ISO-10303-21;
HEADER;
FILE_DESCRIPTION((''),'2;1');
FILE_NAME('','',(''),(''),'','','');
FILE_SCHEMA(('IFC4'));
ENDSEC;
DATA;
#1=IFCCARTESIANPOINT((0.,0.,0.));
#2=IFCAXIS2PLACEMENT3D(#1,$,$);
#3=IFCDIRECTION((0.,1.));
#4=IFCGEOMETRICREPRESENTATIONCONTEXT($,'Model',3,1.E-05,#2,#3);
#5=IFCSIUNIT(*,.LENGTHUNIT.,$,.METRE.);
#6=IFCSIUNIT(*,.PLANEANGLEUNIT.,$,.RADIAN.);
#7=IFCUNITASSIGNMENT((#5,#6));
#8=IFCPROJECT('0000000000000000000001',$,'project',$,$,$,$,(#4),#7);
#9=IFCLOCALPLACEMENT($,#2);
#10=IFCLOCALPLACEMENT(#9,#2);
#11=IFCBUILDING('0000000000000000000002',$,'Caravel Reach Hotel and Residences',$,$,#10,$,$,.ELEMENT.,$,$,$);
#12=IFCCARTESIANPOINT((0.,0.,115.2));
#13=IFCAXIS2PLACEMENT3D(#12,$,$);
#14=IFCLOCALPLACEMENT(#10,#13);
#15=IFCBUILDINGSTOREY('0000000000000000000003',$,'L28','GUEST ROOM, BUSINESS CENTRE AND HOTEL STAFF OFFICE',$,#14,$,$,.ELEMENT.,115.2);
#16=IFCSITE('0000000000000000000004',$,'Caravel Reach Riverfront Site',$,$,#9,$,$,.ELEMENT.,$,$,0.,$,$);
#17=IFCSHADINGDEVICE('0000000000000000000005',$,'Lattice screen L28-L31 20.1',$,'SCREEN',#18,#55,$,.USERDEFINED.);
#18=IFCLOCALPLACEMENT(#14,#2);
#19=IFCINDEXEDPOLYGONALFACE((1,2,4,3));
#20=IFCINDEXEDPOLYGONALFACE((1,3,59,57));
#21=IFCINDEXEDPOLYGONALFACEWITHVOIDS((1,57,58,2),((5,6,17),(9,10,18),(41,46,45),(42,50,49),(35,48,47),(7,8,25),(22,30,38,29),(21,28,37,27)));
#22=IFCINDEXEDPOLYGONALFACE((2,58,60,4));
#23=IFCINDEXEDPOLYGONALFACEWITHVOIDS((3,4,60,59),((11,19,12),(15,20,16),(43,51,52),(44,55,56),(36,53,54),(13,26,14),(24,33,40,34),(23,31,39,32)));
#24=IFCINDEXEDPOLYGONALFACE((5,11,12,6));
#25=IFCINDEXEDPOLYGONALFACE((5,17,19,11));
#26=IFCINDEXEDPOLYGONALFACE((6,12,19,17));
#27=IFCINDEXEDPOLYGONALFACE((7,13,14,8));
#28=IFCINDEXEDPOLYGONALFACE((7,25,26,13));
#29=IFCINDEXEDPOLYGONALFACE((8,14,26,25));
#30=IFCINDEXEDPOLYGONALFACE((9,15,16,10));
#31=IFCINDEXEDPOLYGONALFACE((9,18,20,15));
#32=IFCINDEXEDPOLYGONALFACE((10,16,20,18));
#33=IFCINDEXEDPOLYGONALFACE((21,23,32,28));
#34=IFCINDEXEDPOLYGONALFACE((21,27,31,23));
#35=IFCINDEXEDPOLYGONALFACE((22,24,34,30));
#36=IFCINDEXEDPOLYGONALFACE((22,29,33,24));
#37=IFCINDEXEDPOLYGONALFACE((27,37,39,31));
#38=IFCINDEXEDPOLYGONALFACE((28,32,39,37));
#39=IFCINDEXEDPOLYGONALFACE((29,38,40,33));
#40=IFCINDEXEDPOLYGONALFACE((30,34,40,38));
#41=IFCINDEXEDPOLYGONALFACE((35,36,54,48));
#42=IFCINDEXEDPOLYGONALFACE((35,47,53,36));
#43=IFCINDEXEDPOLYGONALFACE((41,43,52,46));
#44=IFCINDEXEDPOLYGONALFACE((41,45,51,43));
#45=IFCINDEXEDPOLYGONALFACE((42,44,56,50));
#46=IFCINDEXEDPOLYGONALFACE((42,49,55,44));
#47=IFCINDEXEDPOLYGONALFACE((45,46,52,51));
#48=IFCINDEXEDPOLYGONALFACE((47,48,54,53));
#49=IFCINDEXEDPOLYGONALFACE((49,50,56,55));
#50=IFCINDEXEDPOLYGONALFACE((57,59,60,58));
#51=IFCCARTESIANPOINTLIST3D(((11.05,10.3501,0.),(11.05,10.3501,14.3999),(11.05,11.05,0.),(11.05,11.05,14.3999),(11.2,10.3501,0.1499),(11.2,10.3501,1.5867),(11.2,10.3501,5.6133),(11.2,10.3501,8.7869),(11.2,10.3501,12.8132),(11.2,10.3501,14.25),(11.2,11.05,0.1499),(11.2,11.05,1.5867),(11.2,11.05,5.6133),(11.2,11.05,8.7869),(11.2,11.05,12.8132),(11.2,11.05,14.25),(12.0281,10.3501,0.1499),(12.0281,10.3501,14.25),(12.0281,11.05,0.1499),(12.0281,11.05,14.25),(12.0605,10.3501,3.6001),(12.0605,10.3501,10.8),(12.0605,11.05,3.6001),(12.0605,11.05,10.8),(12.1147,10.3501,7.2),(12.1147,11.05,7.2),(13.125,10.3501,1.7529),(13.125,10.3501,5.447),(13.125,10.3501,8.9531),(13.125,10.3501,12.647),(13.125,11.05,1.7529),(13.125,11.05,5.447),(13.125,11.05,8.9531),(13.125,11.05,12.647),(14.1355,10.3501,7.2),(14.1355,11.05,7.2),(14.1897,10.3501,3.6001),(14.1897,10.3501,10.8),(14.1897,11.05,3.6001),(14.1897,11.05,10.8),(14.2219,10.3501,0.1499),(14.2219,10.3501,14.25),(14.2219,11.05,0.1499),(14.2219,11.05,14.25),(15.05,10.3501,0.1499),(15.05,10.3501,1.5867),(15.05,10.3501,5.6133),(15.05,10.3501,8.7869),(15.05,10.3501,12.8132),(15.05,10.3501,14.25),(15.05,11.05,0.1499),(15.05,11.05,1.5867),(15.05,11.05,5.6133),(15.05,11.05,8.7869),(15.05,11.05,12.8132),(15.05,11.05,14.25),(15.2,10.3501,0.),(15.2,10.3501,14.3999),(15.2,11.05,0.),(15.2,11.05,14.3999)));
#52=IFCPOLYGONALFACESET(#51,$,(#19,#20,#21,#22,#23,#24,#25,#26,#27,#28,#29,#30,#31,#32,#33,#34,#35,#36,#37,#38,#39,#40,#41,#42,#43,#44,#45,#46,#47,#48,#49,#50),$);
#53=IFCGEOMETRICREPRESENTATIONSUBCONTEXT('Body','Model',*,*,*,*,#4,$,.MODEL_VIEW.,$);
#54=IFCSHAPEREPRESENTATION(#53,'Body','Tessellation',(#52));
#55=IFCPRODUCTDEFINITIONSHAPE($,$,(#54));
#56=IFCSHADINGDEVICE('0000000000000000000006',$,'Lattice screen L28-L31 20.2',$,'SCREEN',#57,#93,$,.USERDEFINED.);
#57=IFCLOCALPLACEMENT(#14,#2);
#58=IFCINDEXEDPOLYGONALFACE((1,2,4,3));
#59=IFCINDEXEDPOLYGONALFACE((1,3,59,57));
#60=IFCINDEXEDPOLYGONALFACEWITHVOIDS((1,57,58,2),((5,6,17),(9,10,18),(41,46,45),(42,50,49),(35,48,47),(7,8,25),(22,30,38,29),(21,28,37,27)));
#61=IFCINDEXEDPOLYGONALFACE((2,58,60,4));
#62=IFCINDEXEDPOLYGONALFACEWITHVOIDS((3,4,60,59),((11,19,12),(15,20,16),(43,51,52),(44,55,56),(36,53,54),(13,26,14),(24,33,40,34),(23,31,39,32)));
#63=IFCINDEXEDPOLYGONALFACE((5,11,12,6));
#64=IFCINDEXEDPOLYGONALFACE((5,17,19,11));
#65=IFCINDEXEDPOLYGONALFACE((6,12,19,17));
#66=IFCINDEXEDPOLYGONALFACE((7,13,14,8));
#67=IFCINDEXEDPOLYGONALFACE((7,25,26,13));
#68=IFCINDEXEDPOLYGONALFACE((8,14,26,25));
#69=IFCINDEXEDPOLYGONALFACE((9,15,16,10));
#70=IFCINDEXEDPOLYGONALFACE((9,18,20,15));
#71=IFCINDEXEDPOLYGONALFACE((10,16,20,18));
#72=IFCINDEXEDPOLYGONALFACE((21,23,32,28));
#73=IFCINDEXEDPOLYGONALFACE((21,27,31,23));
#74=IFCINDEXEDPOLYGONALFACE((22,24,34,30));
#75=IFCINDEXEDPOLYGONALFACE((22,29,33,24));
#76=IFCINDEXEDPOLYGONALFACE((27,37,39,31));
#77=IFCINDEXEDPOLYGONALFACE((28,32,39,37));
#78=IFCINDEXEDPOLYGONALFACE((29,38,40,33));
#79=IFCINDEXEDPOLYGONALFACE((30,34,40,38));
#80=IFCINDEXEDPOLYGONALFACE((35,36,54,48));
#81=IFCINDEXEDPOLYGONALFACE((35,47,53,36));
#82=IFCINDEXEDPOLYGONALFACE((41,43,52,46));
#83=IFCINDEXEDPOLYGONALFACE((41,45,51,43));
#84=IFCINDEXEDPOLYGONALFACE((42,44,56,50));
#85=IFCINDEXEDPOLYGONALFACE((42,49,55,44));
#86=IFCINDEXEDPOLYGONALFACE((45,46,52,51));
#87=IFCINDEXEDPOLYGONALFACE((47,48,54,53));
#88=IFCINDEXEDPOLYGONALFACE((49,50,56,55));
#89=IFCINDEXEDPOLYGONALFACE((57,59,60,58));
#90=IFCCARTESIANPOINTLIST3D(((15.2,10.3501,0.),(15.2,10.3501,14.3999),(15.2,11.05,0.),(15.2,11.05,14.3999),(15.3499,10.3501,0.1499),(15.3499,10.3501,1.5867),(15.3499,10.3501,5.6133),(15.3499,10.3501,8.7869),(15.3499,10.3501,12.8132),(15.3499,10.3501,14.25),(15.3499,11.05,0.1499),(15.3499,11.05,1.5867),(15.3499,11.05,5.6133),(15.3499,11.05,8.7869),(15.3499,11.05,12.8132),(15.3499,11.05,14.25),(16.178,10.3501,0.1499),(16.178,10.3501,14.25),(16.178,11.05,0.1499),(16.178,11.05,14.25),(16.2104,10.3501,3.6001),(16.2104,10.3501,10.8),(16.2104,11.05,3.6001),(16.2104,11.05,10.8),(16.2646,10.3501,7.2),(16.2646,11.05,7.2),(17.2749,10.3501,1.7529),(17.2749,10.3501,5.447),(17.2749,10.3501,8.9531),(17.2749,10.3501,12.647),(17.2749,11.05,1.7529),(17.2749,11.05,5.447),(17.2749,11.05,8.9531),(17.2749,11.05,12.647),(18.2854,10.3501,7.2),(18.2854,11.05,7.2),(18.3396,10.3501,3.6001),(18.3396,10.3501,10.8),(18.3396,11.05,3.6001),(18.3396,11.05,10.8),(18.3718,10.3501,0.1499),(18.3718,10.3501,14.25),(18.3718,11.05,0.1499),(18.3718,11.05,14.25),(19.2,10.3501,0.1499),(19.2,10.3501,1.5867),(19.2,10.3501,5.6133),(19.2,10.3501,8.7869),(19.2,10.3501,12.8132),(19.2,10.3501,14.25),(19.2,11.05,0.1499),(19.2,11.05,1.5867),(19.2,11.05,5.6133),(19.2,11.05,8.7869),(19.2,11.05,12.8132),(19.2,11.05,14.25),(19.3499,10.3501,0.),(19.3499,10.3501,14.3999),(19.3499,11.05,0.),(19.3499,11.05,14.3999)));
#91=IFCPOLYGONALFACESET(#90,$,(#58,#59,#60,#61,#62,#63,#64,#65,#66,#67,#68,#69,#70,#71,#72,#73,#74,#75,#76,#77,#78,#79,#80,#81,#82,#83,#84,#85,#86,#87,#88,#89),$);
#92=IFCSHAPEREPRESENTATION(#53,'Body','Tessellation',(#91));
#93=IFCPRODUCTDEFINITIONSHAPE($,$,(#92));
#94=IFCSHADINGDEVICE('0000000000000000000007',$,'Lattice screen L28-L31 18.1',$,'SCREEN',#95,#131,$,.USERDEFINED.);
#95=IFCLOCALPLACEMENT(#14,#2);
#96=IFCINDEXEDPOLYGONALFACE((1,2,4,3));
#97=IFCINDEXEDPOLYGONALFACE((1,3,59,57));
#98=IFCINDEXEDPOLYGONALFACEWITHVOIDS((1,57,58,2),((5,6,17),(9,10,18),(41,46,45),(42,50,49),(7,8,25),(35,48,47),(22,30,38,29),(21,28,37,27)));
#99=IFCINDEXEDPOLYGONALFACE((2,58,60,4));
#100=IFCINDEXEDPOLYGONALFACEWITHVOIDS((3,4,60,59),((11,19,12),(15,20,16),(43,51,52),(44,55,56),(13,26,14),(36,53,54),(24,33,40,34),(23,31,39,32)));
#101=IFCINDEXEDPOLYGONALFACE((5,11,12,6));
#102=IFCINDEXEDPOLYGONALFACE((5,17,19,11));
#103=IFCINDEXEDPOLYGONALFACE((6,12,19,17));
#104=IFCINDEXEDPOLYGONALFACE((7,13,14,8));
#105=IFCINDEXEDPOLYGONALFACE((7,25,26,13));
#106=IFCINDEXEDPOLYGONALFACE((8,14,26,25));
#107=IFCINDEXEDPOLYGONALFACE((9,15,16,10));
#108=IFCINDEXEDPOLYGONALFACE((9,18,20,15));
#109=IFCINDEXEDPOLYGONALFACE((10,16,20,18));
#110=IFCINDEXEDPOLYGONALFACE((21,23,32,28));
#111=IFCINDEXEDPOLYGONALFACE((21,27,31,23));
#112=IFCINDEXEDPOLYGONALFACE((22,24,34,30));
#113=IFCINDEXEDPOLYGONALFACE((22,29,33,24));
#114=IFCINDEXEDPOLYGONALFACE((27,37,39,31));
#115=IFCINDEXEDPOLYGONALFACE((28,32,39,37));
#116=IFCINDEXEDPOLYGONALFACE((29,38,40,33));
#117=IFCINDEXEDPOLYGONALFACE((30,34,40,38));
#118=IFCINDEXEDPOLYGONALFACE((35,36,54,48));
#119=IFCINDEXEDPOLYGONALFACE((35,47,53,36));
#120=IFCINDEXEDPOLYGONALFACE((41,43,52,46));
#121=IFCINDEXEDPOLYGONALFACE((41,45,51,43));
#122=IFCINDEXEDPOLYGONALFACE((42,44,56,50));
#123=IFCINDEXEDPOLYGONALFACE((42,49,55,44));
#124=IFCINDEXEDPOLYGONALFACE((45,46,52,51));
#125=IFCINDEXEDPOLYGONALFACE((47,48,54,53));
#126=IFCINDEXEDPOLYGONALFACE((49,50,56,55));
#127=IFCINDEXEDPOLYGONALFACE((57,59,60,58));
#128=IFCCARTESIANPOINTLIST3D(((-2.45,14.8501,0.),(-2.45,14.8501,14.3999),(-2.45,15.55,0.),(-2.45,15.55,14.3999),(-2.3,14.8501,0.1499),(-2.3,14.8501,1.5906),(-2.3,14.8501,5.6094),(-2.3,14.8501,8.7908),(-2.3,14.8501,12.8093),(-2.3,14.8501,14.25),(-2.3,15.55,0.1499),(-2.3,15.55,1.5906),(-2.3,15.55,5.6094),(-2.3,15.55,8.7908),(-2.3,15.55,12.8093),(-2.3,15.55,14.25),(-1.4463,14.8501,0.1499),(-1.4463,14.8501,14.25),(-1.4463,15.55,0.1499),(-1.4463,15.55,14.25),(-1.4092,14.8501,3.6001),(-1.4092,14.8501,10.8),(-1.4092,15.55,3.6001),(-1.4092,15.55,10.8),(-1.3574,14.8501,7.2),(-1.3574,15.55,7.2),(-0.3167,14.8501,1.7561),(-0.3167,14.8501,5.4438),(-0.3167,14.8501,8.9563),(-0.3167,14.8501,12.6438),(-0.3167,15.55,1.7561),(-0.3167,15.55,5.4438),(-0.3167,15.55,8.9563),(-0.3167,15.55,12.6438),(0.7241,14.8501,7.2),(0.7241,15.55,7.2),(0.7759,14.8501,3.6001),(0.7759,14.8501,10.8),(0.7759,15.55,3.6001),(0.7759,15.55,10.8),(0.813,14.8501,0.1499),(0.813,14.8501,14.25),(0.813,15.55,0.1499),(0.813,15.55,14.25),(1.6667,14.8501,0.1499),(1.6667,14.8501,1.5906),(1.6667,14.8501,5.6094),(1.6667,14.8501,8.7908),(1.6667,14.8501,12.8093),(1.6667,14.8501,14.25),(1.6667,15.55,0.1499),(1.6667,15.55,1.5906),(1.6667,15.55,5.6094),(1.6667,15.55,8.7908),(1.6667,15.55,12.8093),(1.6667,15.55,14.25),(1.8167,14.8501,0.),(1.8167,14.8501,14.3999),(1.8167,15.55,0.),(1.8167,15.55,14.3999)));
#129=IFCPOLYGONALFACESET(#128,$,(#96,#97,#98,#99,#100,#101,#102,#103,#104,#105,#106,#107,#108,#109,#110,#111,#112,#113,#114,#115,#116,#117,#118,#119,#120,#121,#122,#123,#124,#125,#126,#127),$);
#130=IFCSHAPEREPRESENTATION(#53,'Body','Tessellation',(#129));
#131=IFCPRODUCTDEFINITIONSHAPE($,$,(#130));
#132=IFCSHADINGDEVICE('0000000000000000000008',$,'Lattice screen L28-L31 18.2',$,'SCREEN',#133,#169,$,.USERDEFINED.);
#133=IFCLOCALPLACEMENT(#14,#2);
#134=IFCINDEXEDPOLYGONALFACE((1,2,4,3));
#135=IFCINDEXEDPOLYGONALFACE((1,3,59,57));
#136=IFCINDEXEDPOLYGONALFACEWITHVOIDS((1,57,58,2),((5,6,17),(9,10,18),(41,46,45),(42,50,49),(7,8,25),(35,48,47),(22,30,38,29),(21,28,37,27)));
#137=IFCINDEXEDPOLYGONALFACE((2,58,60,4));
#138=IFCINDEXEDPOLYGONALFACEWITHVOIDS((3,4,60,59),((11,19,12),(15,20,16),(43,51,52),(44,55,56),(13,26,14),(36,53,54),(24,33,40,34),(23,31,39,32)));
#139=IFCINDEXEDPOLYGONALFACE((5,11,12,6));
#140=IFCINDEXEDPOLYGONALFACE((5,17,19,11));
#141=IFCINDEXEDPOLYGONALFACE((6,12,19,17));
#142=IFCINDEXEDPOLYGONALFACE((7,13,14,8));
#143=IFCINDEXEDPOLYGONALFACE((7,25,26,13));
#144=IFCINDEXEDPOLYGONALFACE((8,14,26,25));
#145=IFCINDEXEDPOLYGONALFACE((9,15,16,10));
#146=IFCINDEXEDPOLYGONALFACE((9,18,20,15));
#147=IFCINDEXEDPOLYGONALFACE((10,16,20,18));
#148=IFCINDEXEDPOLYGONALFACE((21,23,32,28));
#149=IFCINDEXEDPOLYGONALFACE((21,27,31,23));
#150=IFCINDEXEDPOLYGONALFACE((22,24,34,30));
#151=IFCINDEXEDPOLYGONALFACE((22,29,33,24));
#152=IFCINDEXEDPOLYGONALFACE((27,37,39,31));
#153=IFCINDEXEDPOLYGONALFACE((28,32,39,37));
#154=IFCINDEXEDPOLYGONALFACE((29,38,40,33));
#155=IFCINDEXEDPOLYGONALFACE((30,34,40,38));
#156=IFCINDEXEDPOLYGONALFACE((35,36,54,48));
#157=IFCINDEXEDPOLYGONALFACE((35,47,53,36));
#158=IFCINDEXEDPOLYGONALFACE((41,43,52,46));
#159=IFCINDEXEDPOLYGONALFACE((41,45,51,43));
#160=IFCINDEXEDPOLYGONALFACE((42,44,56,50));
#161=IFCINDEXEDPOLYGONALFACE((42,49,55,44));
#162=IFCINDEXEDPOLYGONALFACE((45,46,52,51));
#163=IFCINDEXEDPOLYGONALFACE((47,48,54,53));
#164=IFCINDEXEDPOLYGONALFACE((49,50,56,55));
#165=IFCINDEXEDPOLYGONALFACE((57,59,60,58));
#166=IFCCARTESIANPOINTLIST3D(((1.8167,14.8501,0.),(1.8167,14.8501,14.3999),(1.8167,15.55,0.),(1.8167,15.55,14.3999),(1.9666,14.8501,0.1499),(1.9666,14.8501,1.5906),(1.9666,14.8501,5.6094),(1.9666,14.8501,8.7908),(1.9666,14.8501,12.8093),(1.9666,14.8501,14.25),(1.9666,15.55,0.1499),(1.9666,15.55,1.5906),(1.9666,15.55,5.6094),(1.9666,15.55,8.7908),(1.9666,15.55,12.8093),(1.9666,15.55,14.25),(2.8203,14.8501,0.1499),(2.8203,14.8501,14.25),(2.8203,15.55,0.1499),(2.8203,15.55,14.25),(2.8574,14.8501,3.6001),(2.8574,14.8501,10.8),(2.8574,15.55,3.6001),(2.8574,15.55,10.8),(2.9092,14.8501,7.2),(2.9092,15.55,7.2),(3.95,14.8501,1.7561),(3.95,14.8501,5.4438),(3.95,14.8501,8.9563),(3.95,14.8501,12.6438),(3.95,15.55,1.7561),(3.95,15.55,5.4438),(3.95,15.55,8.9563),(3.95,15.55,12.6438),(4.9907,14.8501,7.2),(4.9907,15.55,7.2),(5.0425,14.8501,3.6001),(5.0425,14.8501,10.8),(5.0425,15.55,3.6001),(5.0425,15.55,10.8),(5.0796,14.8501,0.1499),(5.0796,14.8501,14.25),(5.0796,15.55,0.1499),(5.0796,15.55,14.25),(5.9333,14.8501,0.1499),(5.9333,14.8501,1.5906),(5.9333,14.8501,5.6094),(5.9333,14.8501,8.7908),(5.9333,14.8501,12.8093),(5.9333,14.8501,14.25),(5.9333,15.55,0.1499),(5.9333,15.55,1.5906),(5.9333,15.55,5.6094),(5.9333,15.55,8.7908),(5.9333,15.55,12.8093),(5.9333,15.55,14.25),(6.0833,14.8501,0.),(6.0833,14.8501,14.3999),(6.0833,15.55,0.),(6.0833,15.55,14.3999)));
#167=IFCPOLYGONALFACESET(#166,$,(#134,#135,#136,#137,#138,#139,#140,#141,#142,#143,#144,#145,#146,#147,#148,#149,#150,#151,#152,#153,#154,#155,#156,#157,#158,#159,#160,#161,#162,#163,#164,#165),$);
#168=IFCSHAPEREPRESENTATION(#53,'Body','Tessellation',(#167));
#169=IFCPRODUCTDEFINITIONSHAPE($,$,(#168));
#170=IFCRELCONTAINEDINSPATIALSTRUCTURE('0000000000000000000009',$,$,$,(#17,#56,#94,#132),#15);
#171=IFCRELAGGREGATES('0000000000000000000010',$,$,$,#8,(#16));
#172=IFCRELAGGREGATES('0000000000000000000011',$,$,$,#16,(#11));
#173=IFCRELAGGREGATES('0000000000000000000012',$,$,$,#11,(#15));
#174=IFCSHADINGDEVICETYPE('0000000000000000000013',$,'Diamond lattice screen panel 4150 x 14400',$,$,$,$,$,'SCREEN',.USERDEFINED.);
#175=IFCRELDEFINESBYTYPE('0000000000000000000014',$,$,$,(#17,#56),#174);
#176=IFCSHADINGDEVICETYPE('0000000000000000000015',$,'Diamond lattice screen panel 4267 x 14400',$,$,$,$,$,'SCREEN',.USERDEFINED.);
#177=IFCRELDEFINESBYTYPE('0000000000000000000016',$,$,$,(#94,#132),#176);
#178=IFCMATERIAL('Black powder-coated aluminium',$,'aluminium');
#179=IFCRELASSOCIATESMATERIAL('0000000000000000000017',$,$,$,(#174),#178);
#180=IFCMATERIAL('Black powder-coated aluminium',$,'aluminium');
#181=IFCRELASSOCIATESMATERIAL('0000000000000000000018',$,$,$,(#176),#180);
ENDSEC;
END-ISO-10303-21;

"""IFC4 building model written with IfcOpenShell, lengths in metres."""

from ifc_helpers import new_model, si_unit, direction, frame, origin, place, context, subcontext, project, spatial, polyline, outline, extrude, material, type_object, element, save


model = new_model("IFC4")

# Units and contexts
model_context = context("Model", 3, precision=1e-05, world=origin(), true_north=direction((0.0, 1.0)))
body_context = subcontext(model_context, "Body", "Model", "MODEL_VIEW")
ifc_project = project(units=[si_unit("LENGTHUNIT", "METRE"), si_unit("PLANEANGLEUNIT", "RADIAN")], contexts=[model_context])

# Site, building, storey
site_placement = place(None, origin())
site = spatial("IfcSite", under=ifc_project, at=site_placement, Name="Caravel Reach Riverfront Site", CompositionType="ELEMENT", RefElevation=0.0)
building_placement = place(site_placement, origin())
building = spatial("IfcBuilding", under=site, at=building_placement, Name="Caravel Reach Hotel and Residences", CompositionType="ELEMENT")
storey_placement = place(building_placement, frame((0.0, 0.0, 115.2)))
storey = spatial("IfcBuildingStorey", under=building, at=storey_placement, Name="L28", Description="GUEST ROOM, BUSINESS CENTRE AND HOTEL STAFF OFFICE", CompositionType="ELEMENT", Elevation=115.2)

# Shading devices
ifc_material_1 = material(Name="Black powder-coated aluminium", Category="aluminium")
shading_device_type_1 = type_object("IfcShadingDeviceType", Name="Diamond lattice screen panel 4150 x 14400", ElementType="SCREEN", PredefinedType="USERDEFINED", material=ifc_material_1)
for number, where, z_axis, x_axis, name in (
    (1, (11.05, 11.05, 0.0), (0.0, -1.0, 0.0), (1.0, 0.0, 0.0), "Lattice screen L28-L31 20.1"),
    (2, (15.2, 11.05, 0.0), (0.0, -1.0, 0.0), (1.0, 0.0, 0.0), "Lattice screen L28-L31 20.2"),
):
    element("IfcShadingDevice", number, at=place(storey_placement, frame(where, z_axis=z_axis, x_axis=x_axis)), inside=storey, type_object=shading_device_type_1, Name=name, ObjectType="SCREEN", PredefinedType="USERDEFINED", context=body_context, shape_type="SweptSolid", body=[
        extrude(outline(polyline([(0.0, 0.0), (4.1499, 0.0), (4.1499, 14.3999), (0.0, 14.3999), (0.0, 0.0)]), holes=[polyline([(0.978, 0.1499), (0.1499, 1.5867), (0.1499, 0.1499), (0.978, 0.1499)]), polyline([(1.0647, 7.2), (0.1499, 8.7869), (0.1499, 5.6133), (1.0647, 7.2)]), polyline([(0.1499, 12.8132), (0.978, 14.25), (0.1499, 14.25), (0.1499, 12.8132)]), polyline([(2.075, 5.447), (1.0105, 3.6001), (2.075, 1.7529), (3.1396, 3.6001), (2.075, 5.447)]), polyline([(2.075, 12.647), (1.0105, 10.8), (2.075, 8.9531), (3.1396, 10.8), (2.075, 12.647)]), polyline([(4.0, 1.5867), (3.1719, 0.1499), (4.0, 0.1499), (4.0, 1.5867)]), polyline([(3.0854, 7.2), (4.0, 5.6133), (4.0, 8.7869), (3.0854, 7.2)]), polyline([(3.1719, 14.25), (4.0, 12.8132), (4.0, 14.25), (3.1719, 14.25)])]), origin(), (0.0, 0.0, 1.0), 0.7),
    ])
ifc_material_2 = material(Name="Black powder-coated aluminium", Category="aluminium")
shading_device_type_2 = type_object("IfcShadingDeviceType", Name="Diamond lattice screen panel 4267 x 14400", ElementType="SCREEN", PredefinedType="USERDEFINED", material=ifc_material_2)
for number, where, z_axis, x_axis, name in (
    (3, (-2.45, 15.55, 0.0), (0.0, -1.0, 0.0), (1.0, 0.0, 0.0), "Lattice screen L28-L31 18.1"),
    (4, (1.8167, 15.55, 0.0), (0.0, -1.0, 0.0), (1.0, 0.0, 0.0), "Lattice screen L28-L31 18.2"),
):
    element("IfcShadingDevice", number, at=place(storey_placement, frame(where, z_axis=z_axis, x_axis=x_axis)), inside=storey, type_object=shading_device_type_2, Name=name, ObjectType="SCREEN", PredefinedType="USERDEFINED", context=body_context, shape_type="SweptSolid", body=[
        extrude(outline(polyline([(0.0, 0.0), (4.2666, 0.0), (4.2666, 14.3999), (0.0, 14.3999), (0.0, 0.0)]), holes=[polyline([(1.0037, 0.1499), (0.1499, 1.5906), (0.1499, 0.1499), (1.0037, 0.1499)]), polyline([(1.0925, 7.2), (0.1499, 8.7908), (0.1499, 5.6094), (1.0925, 7.2)]), polyline([(0.1499, 12.8093), (1.0037, 14.25), (0.1499, 14.25), (0.1499, 12.8093)]), polyline([(2.1333, 5.4438), (1.0408, 3.6001), (2.1333, 1.7561), (3.2258, 3.6001), (2.1333, 5.4438)]), polyline([(2.1333, 12.6438), (1.0408, 10.8), (2.1333, 8.9563), (3.2258, 10.8), (2.1333, 12.6438)]), polyline([(4.1167, 1.5906), (3.2629, 0.1499), (4.1167, 0.1499), (4.1167, 1.5906)]), polyline([(3.1741, 7.2), (4.1167, 5.6094), (4.1167, 8.7908), (3.1741, 7.2)]), polyline([(3.2629, 14.25), (4.1167, 12.8093), (4.1167, 14.25), (3.2629, 14.25)])]), origin(), (0.0, 0.0, 1.0), 0.7),
    ])

save(model, "model.ifc")
